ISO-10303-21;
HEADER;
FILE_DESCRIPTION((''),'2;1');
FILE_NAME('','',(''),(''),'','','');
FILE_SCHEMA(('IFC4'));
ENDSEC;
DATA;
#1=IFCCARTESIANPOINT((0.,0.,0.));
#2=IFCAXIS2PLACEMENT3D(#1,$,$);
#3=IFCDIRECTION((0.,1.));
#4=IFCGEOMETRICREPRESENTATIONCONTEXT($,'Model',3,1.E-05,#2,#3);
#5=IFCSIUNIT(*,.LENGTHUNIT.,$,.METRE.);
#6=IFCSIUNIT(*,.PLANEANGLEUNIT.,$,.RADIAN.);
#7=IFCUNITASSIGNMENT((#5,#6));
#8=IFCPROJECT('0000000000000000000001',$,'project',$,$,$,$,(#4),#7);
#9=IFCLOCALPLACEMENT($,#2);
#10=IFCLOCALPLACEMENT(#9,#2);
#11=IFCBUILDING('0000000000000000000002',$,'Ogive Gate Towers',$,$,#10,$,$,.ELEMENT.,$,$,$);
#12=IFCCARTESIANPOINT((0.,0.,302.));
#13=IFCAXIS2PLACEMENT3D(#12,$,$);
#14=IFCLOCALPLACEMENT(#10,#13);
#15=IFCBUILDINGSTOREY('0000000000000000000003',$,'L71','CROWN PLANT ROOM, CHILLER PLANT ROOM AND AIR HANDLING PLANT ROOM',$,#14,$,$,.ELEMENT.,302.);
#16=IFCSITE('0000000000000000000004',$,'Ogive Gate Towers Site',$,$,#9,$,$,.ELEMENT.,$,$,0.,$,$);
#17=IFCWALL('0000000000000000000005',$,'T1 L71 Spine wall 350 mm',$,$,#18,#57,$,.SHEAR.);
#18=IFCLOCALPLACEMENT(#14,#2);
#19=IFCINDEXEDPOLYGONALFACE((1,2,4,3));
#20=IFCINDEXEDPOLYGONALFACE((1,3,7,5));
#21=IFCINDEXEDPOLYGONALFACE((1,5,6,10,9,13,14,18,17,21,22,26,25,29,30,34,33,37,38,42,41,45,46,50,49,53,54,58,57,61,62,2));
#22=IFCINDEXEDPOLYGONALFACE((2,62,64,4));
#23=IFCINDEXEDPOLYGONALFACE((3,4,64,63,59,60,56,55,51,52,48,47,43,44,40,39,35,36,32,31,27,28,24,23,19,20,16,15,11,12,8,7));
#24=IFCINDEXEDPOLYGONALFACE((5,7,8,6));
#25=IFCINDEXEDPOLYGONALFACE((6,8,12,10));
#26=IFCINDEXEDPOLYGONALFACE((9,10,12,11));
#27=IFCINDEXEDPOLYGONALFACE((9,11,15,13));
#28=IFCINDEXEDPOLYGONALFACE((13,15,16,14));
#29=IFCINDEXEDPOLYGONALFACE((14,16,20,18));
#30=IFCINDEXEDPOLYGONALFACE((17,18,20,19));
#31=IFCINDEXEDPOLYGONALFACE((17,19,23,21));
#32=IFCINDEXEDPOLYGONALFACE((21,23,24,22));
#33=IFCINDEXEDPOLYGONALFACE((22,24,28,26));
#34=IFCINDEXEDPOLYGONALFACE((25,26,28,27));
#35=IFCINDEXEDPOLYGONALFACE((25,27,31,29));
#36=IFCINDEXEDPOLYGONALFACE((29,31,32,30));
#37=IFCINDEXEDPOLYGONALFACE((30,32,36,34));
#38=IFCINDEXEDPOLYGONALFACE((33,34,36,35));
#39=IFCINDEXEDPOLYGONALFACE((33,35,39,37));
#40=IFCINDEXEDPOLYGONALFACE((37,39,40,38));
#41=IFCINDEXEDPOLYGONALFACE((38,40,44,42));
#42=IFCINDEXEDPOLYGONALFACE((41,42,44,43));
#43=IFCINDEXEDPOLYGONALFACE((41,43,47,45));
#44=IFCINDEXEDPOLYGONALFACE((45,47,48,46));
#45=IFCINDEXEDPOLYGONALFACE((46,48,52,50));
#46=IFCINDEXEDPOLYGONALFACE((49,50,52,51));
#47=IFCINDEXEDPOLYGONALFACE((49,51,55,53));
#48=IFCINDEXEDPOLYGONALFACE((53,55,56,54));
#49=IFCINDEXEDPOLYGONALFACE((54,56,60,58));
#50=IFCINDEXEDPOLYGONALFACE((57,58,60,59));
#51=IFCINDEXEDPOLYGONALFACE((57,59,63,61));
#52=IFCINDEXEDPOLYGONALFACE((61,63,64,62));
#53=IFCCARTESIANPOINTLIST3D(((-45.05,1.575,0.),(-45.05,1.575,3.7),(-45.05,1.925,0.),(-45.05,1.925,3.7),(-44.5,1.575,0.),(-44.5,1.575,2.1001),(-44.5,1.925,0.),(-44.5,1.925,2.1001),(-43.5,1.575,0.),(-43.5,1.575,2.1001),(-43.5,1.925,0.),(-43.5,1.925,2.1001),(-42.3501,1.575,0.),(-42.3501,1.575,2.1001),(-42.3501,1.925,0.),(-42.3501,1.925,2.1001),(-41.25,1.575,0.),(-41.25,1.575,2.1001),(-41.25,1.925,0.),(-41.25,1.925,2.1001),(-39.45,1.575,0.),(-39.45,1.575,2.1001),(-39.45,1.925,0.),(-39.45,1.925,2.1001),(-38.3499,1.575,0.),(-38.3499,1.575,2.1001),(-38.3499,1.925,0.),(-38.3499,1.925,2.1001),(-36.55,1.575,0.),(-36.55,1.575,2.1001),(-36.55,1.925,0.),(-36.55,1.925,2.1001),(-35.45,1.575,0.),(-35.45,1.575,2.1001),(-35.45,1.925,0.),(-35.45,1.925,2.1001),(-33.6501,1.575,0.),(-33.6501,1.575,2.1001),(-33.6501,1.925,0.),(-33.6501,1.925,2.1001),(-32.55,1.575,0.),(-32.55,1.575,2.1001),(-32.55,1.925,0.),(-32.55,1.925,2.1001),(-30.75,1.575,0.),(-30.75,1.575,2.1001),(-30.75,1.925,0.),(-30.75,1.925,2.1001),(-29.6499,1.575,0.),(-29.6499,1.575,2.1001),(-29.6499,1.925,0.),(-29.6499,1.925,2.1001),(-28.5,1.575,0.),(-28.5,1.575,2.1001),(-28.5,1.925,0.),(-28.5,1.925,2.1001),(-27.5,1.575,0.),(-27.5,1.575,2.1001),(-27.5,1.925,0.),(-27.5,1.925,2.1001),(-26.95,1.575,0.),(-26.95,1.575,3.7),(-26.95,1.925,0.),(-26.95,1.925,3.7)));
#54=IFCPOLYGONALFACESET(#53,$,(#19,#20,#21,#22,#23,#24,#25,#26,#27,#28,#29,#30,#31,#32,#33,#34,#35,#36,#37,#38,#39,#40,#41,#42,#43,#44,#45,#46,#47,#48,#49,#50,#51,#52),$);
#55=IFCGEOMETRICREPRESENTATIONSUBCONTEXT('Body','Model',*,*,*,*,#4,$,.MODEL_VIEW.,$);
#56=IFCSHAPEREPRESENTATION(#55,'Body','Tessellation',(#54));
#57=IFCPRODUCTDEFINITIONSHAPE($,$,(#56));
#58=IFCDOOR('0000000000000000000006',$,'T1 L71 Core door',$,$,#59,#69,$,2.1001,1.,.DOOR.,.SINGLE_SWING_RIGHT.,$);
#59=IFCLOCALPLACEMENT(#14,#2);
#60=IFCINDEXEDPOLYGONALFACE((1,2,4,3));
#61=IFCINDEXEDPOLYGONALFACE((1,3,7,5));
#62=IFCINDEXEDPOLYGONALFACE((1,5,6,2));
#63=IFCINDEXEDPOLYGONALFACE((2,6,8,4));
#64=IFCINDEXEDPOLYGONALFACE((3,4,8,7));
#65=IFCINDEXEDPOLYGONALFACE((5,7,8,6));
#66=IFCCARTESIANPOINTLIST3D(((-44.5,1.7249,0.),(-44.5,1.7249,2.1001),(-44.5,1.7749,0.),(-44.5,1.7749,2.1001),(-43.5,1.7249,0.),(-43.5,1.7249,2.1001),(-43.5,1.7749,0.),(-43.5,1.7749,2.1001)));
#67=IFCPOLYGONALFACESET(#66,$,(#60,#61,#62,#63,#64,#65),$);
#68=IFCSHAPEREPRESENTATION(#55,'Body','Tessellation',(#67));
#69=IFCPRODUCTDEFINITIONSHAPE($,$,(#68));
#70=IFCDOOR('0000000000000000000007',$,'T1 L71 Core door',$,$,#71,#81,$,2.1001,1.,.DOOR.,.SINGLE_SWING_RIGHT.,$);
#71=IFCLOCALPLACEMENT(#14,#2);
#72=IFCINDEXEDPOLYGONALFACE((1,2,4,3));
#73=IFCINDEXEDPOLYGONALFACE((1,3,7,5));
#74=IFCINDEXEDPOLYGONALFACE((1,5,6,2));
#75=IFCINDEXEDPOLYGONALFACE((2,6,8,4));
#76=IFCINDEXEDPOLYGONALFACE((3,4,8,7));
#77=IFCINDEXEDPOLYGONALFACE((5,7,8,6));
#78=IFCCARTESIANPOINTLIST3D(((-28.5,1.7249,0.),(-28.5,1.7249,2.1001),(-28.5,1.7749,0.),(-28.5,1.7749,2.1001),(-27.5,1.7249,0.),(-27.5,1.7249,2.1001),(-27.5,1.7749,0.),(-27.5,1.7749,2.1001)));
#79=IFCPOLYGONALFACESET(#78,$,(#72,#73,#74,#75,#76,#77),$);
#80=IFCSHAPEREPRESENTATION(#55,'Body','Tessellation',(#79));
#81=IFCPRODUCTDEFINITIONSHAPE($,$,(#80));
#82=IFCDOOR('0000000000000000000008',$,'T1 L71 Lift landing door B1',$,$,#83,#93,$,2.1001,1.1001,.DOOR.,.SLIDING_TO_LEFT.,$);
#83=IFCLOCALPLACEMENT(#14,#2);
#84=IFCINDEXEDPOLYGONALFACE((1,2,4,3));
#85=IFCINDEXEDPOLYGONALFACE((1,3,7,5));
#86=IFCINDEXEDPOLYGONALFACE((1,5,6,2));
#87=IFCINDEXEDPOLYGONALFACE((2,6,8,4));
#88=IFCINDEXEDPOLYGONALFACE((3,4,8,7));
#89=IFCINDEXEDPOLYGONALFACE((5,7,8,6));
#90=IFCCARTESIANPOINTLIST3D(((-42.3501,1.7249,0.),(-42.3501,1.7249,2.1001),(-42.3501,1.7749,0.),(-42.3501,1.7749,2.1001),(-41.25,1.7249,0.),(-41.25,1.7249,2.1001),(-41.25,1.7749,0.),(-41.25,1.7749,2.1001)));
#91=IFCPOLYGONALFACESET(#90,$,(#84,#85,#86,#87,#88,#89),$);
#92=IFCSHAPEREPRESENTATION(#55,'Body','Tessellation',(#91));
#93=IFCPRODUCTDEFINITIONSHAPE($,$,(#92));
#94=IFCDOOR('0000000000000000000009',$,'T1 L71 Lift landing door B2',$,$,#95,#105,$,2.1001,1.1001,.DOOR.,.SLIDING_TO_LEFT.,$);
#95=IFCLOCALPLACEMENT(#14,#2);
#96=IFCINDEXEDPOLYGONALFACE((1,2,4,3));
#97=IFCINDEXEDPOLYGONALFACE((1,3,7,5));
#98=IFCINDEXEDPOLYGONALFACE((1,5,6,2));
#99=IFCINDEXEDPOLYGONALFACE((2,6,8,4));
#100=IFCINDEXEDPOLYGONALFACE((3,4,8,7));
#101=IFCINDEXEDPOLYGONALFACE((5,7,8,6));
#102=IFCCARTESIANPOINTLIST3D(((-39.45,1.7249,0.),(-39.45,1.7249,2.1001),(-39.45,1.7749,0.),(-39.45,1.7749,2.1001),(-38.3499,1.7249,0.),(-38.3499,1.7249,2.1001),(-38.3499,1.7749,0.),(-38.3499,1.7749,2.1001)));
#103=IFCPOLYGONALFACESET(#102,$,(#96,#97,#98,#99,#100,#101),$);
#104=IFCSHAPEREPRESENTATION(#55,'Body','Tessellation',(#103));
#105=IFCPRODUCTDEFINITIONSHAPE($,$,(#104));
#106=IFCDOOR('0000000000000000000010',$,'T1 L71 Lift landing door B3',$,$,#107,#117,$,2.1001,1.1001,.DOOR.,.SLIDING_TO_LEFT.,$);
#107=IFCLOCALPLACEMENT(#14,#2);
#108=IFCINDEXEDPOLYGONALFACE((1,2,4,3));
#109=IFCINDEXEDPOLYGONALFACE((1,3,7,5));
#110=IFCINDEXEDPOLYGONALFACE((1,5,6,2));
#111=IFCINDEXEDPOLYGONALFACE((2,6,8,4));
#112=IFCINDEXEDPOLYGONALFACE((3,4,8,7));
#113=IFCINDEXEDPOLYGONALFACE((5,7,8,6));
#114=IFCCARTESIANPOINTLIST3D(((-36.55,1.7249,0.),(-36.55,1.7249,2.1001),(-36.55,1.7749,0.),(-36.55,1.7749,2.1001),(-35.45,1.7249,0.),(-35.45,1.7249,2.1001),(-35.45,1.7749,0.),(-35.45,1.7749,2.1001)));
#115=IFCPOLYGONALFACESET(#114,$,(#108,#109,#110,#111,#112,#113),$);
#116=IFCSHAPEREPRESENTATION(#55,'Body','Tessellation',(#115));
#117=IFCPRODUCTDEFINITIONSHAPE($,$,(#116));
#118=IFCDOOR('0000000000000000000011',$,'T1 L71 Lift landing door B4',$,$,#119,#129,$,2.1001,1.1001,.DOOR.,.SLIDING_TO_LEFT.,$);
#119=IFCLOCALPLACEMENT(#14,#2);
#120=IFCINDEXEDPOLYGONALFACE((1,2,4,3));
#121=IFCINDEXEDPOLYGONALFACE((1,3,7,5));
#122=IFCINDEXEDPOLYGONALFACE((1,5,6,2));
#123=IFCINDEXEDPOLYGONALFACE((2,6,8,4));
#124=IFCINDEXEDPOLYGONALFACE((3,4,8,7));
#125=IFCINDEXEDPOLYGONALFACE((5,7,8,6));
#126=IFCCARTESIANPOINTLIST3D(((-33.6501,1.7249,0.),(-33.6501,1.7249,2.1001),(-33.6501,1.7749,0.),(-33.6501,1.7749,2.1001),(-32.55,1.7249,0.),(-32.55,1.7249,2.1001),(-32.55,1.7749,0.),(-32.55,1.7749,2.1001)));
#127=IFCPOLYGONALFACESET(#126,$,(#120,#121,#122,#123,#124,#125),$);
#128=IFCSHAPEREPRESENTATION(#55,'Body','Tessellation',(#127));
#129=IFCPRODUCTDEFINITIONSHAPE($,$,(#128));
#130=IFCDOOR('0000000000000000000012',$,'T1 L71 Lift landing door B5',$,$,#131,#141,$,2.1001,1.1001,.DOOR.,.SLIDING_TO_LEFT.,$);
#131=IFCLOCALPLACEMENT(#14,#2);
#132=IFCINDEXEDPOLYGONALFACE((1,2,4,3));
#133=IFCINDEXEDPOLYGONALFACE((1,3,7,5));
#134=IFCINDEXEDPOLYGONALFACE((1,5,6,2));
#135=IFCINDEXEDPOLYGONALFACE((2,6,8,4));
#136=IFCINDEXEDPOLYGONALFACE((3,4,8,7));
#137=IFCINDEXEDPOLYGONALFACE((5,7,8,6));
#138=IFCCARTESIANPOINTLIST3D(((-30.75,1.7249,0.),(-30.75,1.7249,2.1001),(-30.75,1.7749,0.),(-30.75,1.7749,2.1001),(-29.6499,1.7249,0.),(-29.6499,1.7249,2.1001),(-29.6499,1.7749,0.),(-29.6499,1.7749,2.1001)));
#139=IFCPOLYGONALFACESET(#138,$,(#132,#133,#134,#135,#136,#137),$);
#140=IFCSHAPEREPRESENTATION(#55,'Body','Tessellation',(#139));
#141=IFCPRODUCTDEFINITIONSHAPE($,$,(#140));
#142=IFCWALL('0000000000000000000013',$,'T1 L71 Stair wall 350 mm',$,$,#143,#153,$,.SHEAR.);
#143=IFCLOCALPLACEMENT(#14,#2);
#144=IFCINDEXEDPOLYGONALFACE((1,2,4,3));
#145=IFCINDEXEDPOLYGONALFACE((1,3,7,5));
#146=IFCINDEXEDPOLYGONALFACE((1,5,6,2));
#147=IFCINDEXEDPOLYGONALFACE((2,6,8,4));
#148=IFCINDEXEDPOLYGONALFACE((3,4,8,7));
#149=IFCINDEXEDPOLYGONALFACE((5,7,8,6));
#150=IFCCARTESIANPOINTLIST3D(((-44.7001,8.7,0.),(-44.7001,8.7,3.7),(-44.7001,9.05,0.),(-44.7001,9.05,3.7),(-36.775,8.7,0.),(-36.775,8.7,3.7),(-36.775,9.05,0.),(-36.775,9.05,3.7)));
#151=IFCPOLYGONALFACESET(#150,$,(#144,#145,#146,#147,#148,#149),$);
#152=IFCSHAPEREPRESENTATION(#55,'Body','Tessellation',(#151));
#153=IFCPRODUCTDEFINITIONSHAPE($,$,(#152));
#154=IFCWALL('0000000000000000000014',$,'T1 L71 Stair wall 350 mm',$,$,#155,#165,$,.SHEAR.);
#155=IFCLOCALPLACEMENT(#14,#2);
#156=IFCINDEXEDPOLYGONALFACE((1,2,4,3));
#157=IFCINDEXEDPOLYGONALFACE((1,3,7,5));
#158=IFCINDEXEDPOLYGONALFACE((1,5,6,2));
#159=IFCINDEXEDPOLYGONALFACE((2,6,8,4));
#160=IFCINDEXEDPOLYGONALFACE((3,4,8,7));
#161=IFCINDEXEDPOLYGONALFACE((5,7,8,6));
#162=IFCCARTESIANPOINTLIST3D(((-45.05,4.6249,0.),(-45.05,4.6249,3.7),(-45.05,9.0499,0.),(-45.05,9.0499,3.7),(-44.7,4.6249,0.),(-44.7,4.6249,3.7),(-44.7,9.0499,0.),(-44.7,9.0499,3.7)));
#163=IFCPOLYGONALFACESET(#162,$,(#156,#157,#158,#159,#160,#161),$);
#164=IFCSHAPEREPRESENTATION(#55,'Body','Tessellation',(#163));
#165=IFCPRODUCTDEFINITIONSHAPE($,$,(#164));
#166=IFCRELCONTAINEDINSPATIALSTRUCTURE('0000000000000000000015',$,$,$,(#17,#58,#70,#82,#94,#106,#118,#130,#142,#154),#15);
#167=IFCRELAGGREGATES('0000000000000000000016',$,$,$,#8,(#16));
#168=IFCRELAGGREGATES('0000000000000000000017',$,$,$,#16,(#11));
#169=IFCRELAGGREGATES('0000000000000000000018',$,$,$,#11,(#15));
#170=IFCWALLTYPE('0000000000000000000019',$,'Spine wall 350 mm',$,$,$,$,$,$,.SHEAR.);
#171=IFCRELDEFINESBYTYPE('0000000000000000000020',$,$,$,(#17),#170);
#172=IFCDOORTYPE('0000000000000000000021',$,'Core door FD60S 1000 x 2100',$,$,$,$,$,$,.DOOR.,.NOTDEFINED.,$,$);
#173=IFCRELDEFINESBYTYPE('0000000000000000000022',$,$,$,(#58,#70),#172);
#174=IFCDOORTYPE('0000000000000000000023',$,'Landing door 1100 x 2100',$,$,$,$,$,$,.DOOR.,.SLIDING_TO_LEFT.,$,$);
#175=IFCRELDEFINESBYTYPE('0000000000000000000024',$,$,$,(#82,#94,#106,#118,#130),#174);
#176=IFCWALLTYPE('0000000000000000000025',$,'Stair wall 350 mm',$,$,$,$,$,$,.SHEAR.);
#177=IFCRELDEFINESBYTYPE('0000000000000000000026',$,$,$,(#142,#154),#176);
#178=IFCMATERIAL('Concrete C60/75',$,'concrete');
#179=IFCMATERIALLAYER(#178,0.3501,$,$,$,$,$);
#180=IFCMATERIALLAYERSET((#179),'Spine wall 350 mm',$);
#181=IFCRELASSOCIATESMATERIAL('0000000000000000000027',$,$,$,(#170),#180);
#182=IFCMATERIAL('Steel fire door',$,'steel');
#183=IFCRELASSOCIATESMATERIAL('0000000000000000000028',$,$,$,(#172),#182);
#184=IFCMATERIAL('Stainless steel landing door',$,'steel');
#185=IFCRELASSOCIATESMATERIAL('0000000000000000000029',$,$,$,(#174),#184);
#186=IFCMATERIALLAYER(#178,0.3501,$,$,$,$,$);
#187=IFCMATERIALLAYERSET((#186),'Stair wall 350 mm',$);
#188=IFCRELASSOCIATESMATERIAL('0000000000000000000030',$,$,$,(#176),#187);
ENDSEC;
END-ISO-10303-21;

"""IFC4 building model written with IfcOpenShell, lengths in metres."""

from ifc_helpers import new_model, si_unit, direction, frame, frame_2d, origin, place, context, subcontext, project, spatial, rectangle, extrude, material, layer, layer_set, type_object, element, fill, save


model = new_model("IFC4")

# Units and contexts
model_context = context("Model", 3, precision=1e-05, world=origin(), true_north=direction((0.0, 1.0)))
body_context = subcontext(model_context, "Body", "Model", "MODEL_VIEW")
ifc_project = project(units=[si_unit("LENGTHUNIT", "METRE"), si_unit("PLANEANGLEUNIT", "RADIAN")], contexts=[model_context])

# Site, building, storey
site_placement = place(None, origin())
site = spatial("IfcSite", under=ifc_project, at=site_placement, Name="Ogive Gate Towers Site", CompositionType="ELEMENT", RefElevation=0.0)
building_placement = place(site_placement, origin())
building = spatial("IfcBuilding", under=site, at=building_placement, Name="Ogive Gate Towers", CompositionType="ELEMENT")
storey_placement = place(building_placement, frame((0.0, 0.0, 302.0)))
storey = spatial("IfcBuildingStorey", under=building, at=storey_placement, Name="L71", Description="CROWN PLANT ROOM, CHILLER PLANT ROOM AND AIR HANDLING PLANT ROOM", CompositionType="ELEMENT", Elevation=302.0)

# Shared definitions
ifc_material_1 = material(Name="Concrete C60/75", Category="concrete")
ifc_material_2 = material(Name="Steel fire door", Category="steel")

# Wall, openings, doors
ifc_layer_1 = layer(ifc_material_1, 0.3501)
ifc_layer_set_1 = layer_set([ifc_layer_1], Name="Spine wall 350 mm")
wall_type_1 = type_object("IfcWallType", Name="Spine wall 350 mm", PredefinedType="SHEAR", material=ifc_layer_set_1)
door_type_1 = type_object("IfcDoorType", Name="Core door FD60S 1000 x 2100", OperationType="NOTDEFINED", PredefinedType="DOOR", material=ifc_material_2)
ifc_material_3 = material(Name="Stainless steel landing door", Category="steel")
door_type_2 = type_object("IfcDoorType", Name="Landing door 1100 x 2100", OperationType="SLIDING_TO_LEFT", PredefinedType="DOOR", material=ifc_material_3)
wall_1_placement = place(storey_placement, frame((-45.05, 1.75, 0.0), z_axis=(0.0, 0.0, 1.0), x_axis=(1.0, 0.0, 0.0)))
wall_1 = element("IfcWall", 1, at=wall_1_placement, inside=storey, type_object=wall_type_1, Name="T1 L71 Spine wall 350 mm", PredefinedType="SHEAR", context=body_context, shape_type="SweptSolid", body=[
    extrude(rectangle(XDim=18.1001, YDim=0.3501, at=frame_2d((9.05, 0.0))), origin(), (0.0, 0.0, 1.0), 3.7),
])
opening_1_placement = place(wall_1_placement, frame((0.55, 0.0, 0.0)))
opening_1 = element("IfcOpeningElement", 2, at=opening_1_placement, cuts=wall_1, PredefinedType="OPENING", context=body_context, shape_type="SweptSolid", body=[
    extrude(rectangle(XDim=1.0, YDim=2.1001, at=frame_2d((0.5, 1.05))), frame((0.0, 0.1851, 0.0), z_axis=(0.0, -1.0, 0.0), x_axis=(1.0, 0.0, 0.0)), (0.0, 0.0, 1.0), 0.3701),
])
opening_2_placement = place(wall_1_placement, frame((2.7, 0.0, 0.0)))
opening_2 = element("IfcOpeningElement", 3, at=opening_2_placement, cuts=wall_1, PredefinedType="OPENING", context=body_context, shape_type="SweptSolid", body=[
    extrude(rectangle(XDim=1.1001, YDim=2.1001, at=frame_2d((0.55, 1.05))), frame((0.0, 0.1851, 0.0), z_axis=(0.0, -1.0, 0.0), x_axis=(1.0, 0.0, 0.0)), (0.0, 0.0, 1.0), 0.3701),
])
opening_3_placement = place(wall_1_placement, frame((5.6001, 0.0, 0.0)))
opening_3 = element("IfcOpeningElement", 4, at=opening_3_placement, cuts=wall_1, PredefinedType="OPENING", context=body_context, shape_type="SweptSolid", body=[
    extrude(rectangle(XDim=1.1001, YDim=2.1001, at=frame_2d((0.55, 1.05))), frame((0.0, 0.1851, 0.0), z_axis=(0.0, -1.0, 0.0), x_axis=(1.0, 0.0, 0.0)), (0.0, 0.0, 1.0), 0.3701),
])
opening_4_placement = place(wall_1_placement, frame((8.5, 0.0, 0.0)))
opening_4 = element("IfcOpeningElement", 5, at=opening_4_placement, cuts=wall_1, PredefinedType="OPENING", context=body_context, shape_type="SweptSolid", body=[
    extrude(rectangle(XDim=1.1001, YDim=2.1001, at=frame_2d((0.55, 1.05))), frame((0.0, 0.1851, 0.0), z_axis=(0.0, -1.0, 0.0), x_axis=(1.0, 0.0, 0.0)), (0.0, 0.0, 1.0), 0.3701),
])
opening_5_placement = place(wall_1_placement, frame((11.3999, 0.0, 0.0)))
opening_5 = element("IfcOpeningElement", 6, at=opening_5_placement, cuts=wall_1, PredefinedType="OPENING", context=body_context, shape_type="SweptSolid", body=[
    extrude(rectangle(XDim=1.1001, YDim=2.1001, at=frame_2d((0.55, 1.05))), frame((0.0, 0.1851, 0.0), z_axis=(0.0, -1.0, 0.0), x_axis=(1.0, 0.0, 0.0)), (0.0, 0.0, 1.0), 0.3701),
])
opening_6_placement = place(wall_1_placement, frame((14.3, 0.0, 0.0)))
opening_6 = element("IfcOpeningElement", 7, at=opening_6_placement, cuts=wall_1, PredefinedType="OPENING", context=body_context, shape_type="SweptSolid", body=[
    extrude(rectangle(XDim=1.1001, YDim=2.1001, at=frame_2d((0.55, 1.05))), frame((0.0, 0.1851, 0.0), z_axis=(0.0, -1.0, 0.0), x_axis=(1.0, 0.0, 0.0)), (0.0, 0.0, 1.0), 0.3701),
])
opening_7_placement = place(wall_1_placement, frame((16.55, 0.0, 0.0)))
opening_7 = element("IfcOpeningElement", 8, at=opening_7_placement, cuts=wall_1, PredefinedType="OPENING", context=body_context, shape_type="SweptSolid", body=[
    extrude(rectangle(XDim=1.0, YDim=2.1001, at=frame_2d((0.5, 1.05))), frame((0.0, 0.1851, 0.0), z_axis=(0.0, -1.0, 0.0), x_axis=(1.0, 0.0, 0.0)), (0.0, 0.0, 1.0), 0.3701),
])
door_1_placement = place(opening_1_placement, origin())
door_1 = element("IfcDoor", 9, at=door_1_placement, inside=storey, type_object=door_type_1, Name="T1 L71 Core door", OperationType="SINGLE_SWING_RIGHT", OverallHeight=2.1001, OverallWidth=1.0, PredefinedType="DOOR", context=body_context, shape_type="SweptSolid", body=[
    extrude(rectangle(XDim=1.0, YDim=2.1001, at=frame_2d((0.5, 1.05))), frame((0.0, 0.0249, 0.0), z_axis=(0.0, -1.0, 0.0), x_axis=(1.0, 0.0, 0.0)), (0.0, 0.0, 1.0), 0.05),
])
fill(opening_1, door_1)
door_2_placement = place(opening_7_placement, origin())
door_2 = element("IfcDoor", 10, at=door_2_placement, inside=storey, type_object=door_type_1, Name="T1 L71 Core door", OperationType="SINGLE_SWING_RIGHT", OverallHeight=2.1001, OverallWidth=1.0, PredefinedType="DOOR", context=body_context, shape_type="SweptSolid", body=[
    extrude(rectangle(XDim=1.0, YDim=2.1001, at=frame_2d((0.5, 1.05))), frame((0.0, 0.0249, 0.0), z_axis=(0.0, -1.0, 0.0), x_axis=(1.0, 0.0, 0.0)), (0.0, 0.0, 1.0), 0.05),
])
fill(opening_7, door_2)
door_3_placement = place(opening_2_placement, origin())
door_3 = element("IfcDoor", 11, at=door_3_placement, inside=storey, type_object=door_type_2, Name="T1 L71 Lift landing door B1", OperationType="SLIDING_TO_LEFT", OverallHeight=2.1001, OverallWidth=1.1001, PredefinedType="DOOR", context=body_context, shape_type="SweptSolid", body=[
    extrude(rectangle(XDim=1.1001, YDim=2.1001, at=frame_2d((0.55, 1.05))), frame((0.0, 0.0249, 0.0), z_axis=(0.0, -1.0, 0.0), x_axis=(1.0, 0.0, 0.0)), (0.0, 0.0, 1.0), 0.05),
])
fill(opening_2, door_3)
door_4_placement = place(opening_3_placement, origin())
door_4 = element("IfcDoor", 12, at=door_4_placement, inside=storey, type_object=door_type_2, Name="T1 L71 Lift landing door B2", OperationType="SLIDING_TO_LEFT", OverallHeight=2.1001, OverallWidth=1.1001, PredefinedType="DOOR", context=body_context, shape_type="SweptSolid", body=[
    extrude(rectangle(XDim=1.1001, YDim=2.1001, at=frame_2d((0.55, 1.05))), frame((0.0, 0.0249, 0.0), z_axis=(0.0, -1.0, 0.0), x_axis=(1.0, 0.0, 0.0)), (0.0, 0.0, 1.0), 0.05),
])
fill(opening_3, door_4)
door_5_placement = place(opening_4_placement, origin())
door_5 = element("IfcDoor", 13, at=door_5_placement, inside=storey, type_object=door_type_2, Name="T1 L71 Lift landing door B3", OperationType="SLIDING_TO_LEFT", OverallHeight=2.1001, OverallWidth=1.1001, PredefinedType="DOOR", context=body_context, shape_type="SweptSolid", body=[
    extrude(rectangle(XDim=1.1001, YDim=2.1001, at=frame_2d((0.55, 1.05))), frame((0.0, 0.0249, 0.0), z_axis=(0.0, -1.0, 0.0), x_axis=(1.0, 0.0, 0.0)), (0.0, 0.0, 1.0), 0.05),
])
fill(opening_4, door_5)
door_6_placement = place(opening_5_placement, origin())
door_6 = element("IfcDoor", 14, at=door_6_placement, inside=storey, type_object=door_type_2, Name="T1 L71 Lift landing door B4", OperationType="SLIDING_TO_LEFT", OverallHeight=2.1001, OverallWidth=1.1001, PredefinedType="DOOR", context=body_context, shape_type="SweptSolid", body=[
    extrude(rectangle(XDim=1.1001, YDim=2.1001, at=frame_2d((0.55, 1.05))), frame((0.0, 0.0249, 0.0), z_axis=(0.0, -1.0, 0.0), x_axis=(1.0, 0.0, 0.0)), (0.0, 0.0, 1.0), 0.05),
])
fill(opening_5, door_6)
door_7_placement = place(opening_6_placement, origin())
door_7 = element("IfcDoor", 15, at=door_7_placement, inside=storey, type_object=door_type_2, Name="T1 L71 Lift landing door B5", OperationType="SLIDING_TO_LEFT", OverallHeight=2.1001, OverallWidth=1.1001, PredefinedType="DOOR", context=body_context, shape_type="SweptSolid", body=[
    extrude(rectangle(XDim=1.1001, YDim=2.1001, at=frame_2d((0.55, 1.05))), frame((0.0, 0.0249, 0.0), z_axis=(0.0, -1.0, 0.0), x_axis=(1.0, 0.0, 0.0)), (0.0, 0.0, 1.0), 0.05),
])
fill(opening_6, door_7)

# Walls
ifc_layer_2 = layer(ifc_material_1, 0.3501)
ifc_layer_set_2 = layer_set([ifc_layer_2], Name="Stair wall 350 mm")
wall_type_2 = type_object("IfcWallType", Name="Stair wall 350 mm", PredefinedType="SHEAR", material=ifc_layer_set_2)
wall_2_placement = place(storey_placement, frame((-44.7, 8.875, 0.0), z_axis=(0.0, 0.0, 1.0), x_axis=(1.0, 0.0, 0.0)))
element("IfcWall", 16, at=wall_2_placement, inside=storey, type_object=wall_type_2, Name="T1 L71 Stair wall 350 mm", PredefinedType="SHEAR", context=body_context, shape_type="SweptSolid", body=[
    extrude(rectangle(XDim=7.925, YDim=0.3501, at=frame_2d((3.9624, 0.0))), origin(), (0.0, 0.0, 1.0), 3.7),
])
wall_3_placement = place(storey_placement, frame((-44.875, 4.625, 0.0), z_axis=(0.0, 0.0, 1.0), x_axis=(0.0, 1.0, 0.0)))
element("IfcWall", 17, at=wall_3_placement, inside=storey, type_object=wall_type_2, Name="T1 L71 Stair wall 350 mm", PredefinedType="SHEAR", context=body_context, shape_type="SweptSolid", body=[
    extrude(rectangle(XDim=4.425, YDim=0.3501, at=frame_2d((2.2124, 0.0))), origin(), (0.0, 0.0, 1.0), 3.7),
])

save(model, "model.ifc")
